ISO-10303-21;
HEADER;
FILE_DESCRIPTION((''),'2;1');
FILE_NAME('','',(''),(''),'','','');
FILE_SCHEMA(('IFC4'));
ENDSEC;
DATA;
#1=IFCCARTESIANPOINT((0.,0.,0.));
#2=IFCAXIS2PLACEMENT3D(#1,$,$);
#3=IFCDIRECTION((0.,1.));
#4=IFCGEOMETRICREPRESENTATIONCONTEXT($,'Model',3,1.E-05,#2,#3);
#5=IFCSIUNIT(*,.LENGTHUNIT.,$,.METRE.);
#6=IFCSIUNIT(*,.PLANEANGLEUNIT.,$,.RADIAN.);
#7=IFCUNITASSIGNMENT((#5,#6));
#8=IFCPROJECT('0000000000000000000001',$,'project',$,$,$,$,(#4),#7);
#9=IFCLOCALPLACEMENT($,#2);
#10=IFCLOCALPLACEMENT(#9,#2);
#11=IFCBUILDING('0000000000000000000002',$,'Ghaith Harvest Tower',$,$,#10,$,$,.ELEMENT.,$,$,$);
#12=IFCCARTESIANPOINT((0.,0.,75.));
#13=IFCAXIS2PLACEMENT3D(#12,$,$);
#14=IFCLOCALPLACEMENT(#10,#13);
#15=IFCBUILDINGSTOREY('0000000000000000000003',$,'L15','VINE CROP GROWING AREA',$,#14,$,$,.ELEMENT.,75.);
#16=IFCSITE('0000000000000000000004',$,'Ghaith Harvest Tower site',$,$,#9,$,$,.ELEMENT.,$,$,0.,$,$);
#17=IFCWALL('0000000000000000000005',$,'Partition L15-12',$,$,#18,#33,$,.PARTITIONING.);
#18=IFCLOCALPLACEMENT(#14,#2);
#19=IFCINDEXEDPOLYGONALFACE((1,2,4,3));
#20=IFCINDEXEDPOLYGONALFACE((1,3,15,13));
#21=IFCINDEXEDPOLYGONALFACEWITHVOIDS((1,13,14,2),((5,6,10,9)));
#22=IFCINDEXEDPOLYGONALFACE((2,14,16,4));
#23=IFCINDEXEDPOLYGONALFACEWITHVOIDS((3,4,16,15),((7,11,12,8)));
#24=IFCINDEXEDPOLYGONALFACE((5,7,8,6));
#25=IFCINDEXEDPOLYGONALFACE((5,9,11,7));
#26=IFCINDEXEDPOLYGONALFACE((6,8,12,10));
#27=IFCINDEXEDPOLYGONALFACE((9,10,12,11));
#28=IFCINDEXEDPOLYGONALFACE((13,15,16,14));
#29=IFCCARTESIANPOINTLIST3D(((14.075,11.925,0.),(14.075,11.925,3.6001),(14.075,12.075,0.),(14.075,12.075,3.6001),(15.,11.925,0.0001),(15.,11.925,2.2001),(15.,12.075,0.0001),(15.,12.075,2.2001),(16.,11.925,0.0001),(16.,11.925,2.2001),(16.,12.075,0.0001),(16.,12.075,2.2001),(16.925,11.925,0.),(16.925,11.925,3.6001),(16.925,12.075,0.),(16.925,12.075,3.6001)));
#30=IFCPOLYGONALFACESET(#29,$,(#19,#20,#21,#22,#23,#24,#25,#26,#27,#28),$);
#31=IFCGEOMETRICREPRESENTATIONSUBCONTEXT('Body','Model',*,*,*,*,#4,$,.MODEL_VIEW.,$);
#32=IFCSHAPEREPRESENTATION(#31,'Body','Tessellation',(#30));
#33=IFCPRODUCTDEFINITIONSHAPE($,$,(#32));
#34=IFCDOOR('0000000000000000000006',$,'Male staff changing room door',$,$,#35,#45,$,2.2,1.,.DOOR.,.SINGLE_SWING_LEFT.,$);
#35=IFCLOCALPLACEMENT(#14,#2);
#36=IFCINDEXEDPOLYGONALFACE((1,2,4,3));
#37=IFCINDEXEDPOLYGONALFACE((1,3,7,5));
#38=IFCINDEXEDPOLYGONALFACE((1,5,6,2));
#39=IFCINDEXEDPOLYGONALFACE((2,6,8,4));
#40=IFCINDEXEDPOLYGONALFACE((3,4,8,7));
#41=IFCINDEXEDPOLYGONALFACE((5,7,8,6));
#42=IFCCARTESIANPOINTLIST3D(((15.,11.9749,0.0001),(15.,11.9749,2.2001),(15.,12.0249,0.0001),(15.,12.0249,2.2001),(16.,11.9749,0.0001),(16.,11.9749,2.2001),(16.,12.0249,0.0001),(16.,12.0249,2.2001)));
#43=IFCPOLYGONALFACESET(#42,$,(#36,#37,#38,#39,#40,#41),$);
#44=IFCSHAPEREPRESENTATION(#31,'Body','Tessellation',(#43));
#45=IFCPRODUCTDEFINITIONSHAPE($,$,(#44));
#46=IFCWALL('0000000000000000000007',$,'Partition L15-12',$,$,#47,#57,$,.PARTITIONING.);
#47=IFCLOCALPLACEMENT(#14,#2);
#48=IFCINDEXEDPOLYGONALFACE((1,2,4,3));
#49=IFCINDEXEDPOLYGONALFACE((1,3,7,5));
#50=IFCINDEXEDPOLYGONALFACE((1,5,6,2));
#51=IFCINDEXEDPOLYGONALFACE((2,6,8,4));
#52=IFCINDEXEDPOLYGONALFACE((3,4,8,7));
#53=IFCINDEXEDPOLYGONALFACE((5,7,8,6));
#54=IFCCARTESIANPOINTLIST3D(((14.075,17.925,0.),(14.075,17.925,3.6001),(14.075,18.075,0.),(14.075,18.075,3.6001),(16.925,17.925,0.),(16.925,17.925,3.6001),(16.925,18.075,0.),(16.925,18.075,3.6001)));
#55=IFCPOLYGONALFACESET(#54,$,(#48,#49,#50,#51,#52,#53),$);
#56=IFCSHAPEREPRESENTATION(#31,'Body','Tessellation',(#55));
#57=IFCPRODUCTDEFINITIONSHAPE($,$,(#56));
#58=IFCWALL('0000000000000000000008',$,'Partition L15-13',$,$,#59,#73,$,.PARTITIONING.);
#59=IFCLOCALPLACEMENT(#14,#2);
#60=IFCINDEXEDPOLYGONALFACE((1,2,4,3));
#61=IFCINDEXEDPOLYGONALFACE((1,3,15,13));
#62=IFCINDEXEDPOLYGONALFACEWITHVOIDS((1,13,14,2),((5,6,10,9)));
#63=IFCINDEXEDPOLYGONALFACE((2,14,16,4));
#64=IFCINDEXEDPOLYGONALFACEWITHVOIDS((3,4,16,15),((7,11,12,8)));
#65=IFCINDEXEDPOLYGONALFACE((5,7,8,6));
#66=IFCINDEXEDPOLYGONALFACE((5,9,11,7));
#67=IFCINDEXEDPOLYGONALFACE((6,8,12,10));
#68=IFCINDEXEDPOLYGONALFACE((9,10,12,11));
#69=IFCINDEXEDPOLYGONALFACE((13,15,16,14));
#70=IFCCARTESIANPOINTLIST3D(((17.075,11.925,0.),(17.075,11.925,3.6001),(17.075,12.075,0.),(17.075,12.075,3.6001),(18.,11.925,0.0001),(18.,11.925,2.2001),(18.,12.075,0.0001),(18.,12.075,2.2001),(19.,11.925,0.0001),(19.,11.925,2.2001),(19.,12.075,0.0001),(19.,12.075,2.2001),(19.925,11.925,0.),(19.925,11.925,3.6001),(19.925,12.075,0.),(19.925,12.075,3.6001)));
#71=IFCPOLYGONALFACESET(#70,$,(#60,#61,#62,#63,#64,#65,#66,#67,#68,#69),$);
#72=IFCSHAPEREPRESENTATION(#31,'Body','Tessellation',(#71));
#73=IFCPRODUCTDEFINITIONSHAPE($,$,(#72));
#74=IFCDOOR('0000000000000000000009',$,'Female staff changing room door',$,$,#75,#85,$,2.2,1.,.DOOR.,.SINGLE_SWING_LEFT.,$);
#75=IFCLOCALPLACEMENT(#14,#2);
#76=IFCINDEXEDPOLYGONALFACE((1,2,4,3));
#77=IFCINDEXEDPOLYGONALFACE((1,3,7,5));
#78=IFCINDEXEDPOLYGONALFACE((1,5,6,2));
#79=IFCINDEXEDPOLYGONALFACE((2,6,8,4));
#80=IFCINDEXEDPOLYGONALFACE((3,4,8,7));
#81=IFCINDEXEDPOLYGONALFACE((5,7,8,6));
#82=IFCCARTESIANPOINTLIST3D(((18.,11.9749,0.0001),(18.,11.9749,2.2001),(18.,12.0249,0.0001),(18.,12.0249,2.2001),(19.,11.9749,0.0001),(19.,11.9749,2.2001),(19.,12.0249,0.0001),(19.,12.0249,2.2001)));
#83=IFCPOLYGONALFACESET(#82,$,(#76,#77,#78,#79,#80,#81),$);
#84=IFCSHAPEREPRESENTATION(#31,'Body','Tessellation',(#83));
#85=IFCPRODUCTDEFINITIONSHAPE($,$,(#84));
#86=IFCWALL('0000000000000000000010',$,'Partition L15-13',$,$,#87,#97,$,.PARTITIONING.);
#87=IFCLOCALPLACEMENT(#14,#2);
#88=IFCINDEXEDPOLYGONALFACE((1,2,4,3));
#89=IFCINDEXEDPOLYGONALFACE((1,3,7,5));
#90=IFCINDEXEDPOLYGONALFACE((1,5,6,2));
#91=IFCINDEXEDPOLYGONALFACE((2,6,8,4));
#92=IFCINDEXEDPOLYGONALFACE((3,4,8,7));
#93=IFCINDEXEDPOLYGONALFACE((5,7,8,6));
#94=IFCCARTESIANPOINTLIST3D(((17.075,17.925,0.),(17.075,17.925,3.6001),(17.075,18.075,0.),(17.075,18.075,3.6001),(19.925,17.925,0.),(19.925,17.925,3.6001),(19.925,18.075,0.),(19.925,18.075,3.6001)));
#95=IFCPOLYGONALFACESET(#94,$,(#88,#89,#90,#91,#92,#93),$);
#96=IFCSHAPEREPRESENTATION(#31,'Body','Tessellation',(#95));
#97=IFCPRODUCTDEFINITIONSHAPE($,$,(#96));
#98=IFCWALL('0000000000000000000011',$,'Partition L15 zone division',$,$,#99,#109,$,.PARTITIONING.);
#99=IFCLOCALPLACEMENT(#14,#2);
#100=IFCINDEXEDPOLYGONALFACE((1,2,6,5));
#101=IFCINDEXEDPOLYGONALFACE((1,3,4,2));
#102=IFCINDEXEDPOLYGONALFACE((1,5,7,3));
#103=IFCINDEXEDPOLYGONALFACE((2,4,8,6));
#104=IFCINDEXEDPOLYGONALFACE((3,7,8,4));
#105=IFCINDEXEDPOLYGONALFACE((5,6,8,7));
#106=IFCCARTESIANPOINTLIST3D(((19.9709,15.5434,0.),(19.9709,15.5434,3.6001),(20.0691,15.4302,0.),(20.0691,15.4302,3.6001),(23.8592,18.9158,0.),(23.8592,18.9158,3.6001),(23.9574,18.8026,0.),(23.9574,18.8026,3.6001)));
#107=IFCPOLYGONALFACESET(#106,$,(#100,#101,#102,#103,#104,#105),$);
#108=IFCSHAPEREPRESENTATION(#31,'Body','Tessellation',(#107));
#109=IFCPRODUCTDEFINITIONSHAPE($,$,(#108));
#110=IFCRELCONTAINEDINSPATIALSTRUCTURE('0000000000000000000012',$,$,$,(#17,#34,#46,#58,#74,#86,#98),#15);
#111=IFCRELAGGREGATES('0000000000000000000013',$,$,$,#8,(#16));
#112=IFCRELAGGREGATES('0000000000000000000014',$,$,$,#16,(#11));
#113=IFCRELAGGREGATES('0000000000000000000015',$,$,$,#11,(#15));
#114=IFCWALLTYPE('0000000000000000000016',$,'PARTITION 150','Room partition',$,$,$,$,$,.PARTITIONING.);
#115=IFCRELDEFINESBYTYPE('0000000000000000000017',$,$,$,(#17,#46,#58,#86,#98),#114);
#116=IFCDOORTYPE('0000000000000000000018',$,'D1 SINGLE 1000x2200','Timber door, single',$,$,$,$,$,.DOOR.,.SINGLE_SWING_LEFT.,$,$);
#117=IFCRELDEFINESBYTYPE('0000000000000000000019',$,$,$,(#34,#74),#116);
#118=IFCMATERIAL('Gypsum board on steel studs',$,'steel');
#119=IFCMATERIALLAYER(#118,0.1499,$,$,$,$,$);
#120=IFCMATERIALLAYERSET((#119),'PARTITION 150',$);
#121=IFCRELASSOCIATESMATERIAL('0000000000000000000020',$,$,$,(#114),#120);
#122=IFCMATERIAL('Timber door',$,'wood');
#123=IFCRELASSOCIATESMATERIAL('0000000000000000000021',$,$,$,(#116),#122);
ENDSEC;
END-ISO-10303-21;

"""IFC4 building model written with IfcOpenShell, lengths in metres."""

from ifc_helpers import new_model, si_unit, direction, frame, frame_2d, origin, place, context, subcontext, project, spatial, rectangle, extrude, material, layer, layer_set, type_object, element, fill, save


model = new_model("IFC4")

# Units and contexts
model_context = context("Model", 3, precision=1e-05, world=origin(), true_north=direction((0.0, 1.0)))
body_context = subcontext(model_context, "Body", "Model", "MODEL_VIEW")
ifc_project = project(units=[si_unit("LENGTHUNIT", "METRE"), si_unit("PLANEANGLEUNIT", "RADIAN")], contexts=[model_context])

# Site, building, storey
site_placement = place(None, origin())
site = spatial("IfcSite", under=ifc_project, at=site_placement, Name="Ghaith Harvest Tower site", CompositionType="ELEMENT", RefElevation=0.0)
building_placement = place(site_placement, origin())
building = spatial("IfcBuilding", under=site, at=building_placement, Name="Ghaith Harvest Tower", CompositionType="ELEMENT")
storey_placement = place(building_placement, frame((0.0, 0.0, 75.0)))
storey = spatial("IfcBuildingStorey", under=building, at=storey_placement, Name="L15", Description="VINE CROP GROWING AREA", CompositionType="ELEMENT", Elevation=75.0)

# Shared definitions
ifc_material_1 = material(Name="Gypsum board on steel studs", Category="steel")
ifc_layer_1 = layer(ifc_material_1, 0.1499)
ifc_layer_set_1 = layer_set([ifc_layer_1], Name="PARTITION 150")
wall_type = type_object("IfcWallType", Name="PARTITION 150", Description="Room partition", PredefinedType="PARTITIONING", material=ifc_layer_set_1)

# Wall, opening, door
wall_1_placement = place(storey_placement, frame((14.075, 12.0, 0.0), z_axis=(0.0, 0.0, 1.0), x_axis=(1.0, 0.0, 0.0)))
wall_1 = element("IfcWall", 1, at=wall_1_placement, inside=storey, type_object=wall_type, Name="Partition L15-12", PredefinedType="PARTITIONING", context=body_context, shape_type="SweptSolid", body=[
    extrude(rectangle(XDim=2.8501, YDim=0.1499, at=frame_2d((1.425, 0.0))), origin(), (0.0, 0.0, 1.0), 3.6001),
])
opening_1_placement = place(wall_1_placement, frame((0.925, 0.0, 0.0)))
opening_1 = element("IfcOpeningElement", 2, at=opening_1_placement, cuts=wall_1, PredefinedType="OPENING", context=body_context, shape_type="SweptSolid", body=[
    extrude(rectangle(XDim=1.0, YDim=2.2, at=frame_2d((0.5, 1.1001))), frame((0.0, 0.085, 0.0), z_axis=(0.0, -1.0, 0.0), x_axis=(1.0, 0.0, 0.0)), (0.0, 0.0, 1.0), 0.1699),
])
ifc_material_2 = material(Name="Timber door", Category="wood")
door_type = type_object("IfcDoorType", Name="D1 SINGLE 1000x2200", Description="Timber door, single", OperationType="SINGLE_SWING_LEFT", PredefinedType="DOOR", material=ifc_material_2)
door_1_placement = place(opening_1_placement, origin())
door_1 = element("IfcDoor", 3, at=door_1_placement, inside=storey, type_object=door_type, Name="Male staff changing room door", OperationType="SINGLE_SWING_LEFT", OverallHeight=2.2, OverallWidth=1.0, PredefinedType="DOOR", context=body_context, shape_type="SweptSolid", body=[
    extrude(rectangle(XDim=1.0, YDim=2.2, at=frame_2d((0.5, 1.1001))), frame((0.0, 0.0249, 0.0), z_axis=(0.0, -1.0, 0.0), x_axis=(1.0, 0.0, 0.0)), (0.0, 0.0, 1.0), 0.05),
])
fill(opening_1, door_1)

# Wall
wall_2_placement = place(storey_placement, frame((14.075, 18.0, 0.0), z_axis=(0.0, 0.0, 1.0), x_axis=(1.0, 0.0, 0.0)))
element("IfcWall", 4, at=wall_2_placement, inside=storey, type_object=wall_type, Name="Partition L15-12", PredefinedType="PARTITIONING", context=body_context, shape_type="SweptSolid", body=[
    extrude(rectangle(XDim=2.8501, YDim=0.1499, at=frame_2d((1.425, 0.0))), origin(), (0.0, 0.0, 1.0), 3.6001),
])

# Wall, opening, door
wall_3_placement = place(storey_placement, frame((17.075, 12.0, 0.0), z_axis=(0.0, 0.0, 1.0), x_axis=(1.0, 0.0, 0.0)))
wall_3 = element("IfcWall", 5, at=wall_3_placement, inside=storey, type_object=wall_type, Name="Partition L15-13", PredefinedType="PARTITIONING", context=body_context, shape_type="SweptSolid", body=[
    extrude(rectangle(XDim=2.8501, YDim=0.1499, at=frame_2d((1.425, 0.0))), origin(), (0.0, 0.0, 1.0), 3.6001),
])
opening_2_placement = place(wall_3_placement, frame((0.925, 0.0, 0.0)))
opening_2 = element("IfcOpeningElement", 6, at=opening_2_placement, cuts=wall_3, PredefinedType="OPENING", context=body_context, shape_type="SweptSolid", body=[
    extrude(rectangle(XDim=1.0, YDim=2.2, at=frame_2d((0.5, 1.1001))), frame((0.0, 0.085, 0.0), z_axis=(0.0, -1.0, 0.0), x_axis=(1.0, 0.0, 0.0)), (0.0, 0.0, 1.0), 0.1699),
])
door_2_placement = place(opening_2_placement, origin())
door_2 = element("IfcDoor", 7, at=door_2_placement, inside=storey, type_object=door_type, Name="Female staff changing room door", OperationType="SINGLE_SWING_LEFT", OverallHeight=2.2, OverallWidth=1.0, PredefinedType="DOOR", context=body_context, shape_type="SweptSolid", body=[
    extrude(rectangle(XDim=1.0, YDim=2.2, at=frame_2d((0.5, 1.1001))), frame((0.0, 0.0249, 0.0), z_axis=(0.0, -1.0, 0.0), x_axis=(1.0, 0.0, 0.0)), (0.0, 0.0, 1.0), 0.05),
])
fill(opening_2, door_2)

# Walls
wall_4_placement = place(storey_placement, frame((17.075, 18.0, 0.0), z_axis=(0.0, 0.0, 1.0), x_axis=(1.0, 0.0, 0.0)))
element("IfcWall", 8, at=wall_4_placement, inside=storey, type_object=wall_type, Name="Partition L15-13", PredefinedType="PARTITIONING", context=body_context, shape_type="SweptSolid", body=[
    extrude(rectangle(XDim=2.8501, YDim=0.1499, at=frame_2d((1.425, 0.0))), origin(), (0.0, 0.0, 1.0), 3.6001),
])
wall_5_placement = place(storey_placement, frame((20.02, 15.4868, 0.0), z_axis=(0.0, 0.0, 1.0), x_axis=(0.755443, 0.655214, 0.0)))
element("IfcWall", 9, at=wall_5_placement, inside=storey, type_object=wall_type, Name="Partition L15 zone division", PredefinedType="PARTITIONING", context=body_context, shape_type="SweptSolid", body=[
    extrude(rectangle(XDim=5.147, YDim=0.1499, at=frame_2d((2.5735, 0.0))), origin(), (0.0, 0.0, 1.0), 3.6001),
])

save(model, "model.ifc")
